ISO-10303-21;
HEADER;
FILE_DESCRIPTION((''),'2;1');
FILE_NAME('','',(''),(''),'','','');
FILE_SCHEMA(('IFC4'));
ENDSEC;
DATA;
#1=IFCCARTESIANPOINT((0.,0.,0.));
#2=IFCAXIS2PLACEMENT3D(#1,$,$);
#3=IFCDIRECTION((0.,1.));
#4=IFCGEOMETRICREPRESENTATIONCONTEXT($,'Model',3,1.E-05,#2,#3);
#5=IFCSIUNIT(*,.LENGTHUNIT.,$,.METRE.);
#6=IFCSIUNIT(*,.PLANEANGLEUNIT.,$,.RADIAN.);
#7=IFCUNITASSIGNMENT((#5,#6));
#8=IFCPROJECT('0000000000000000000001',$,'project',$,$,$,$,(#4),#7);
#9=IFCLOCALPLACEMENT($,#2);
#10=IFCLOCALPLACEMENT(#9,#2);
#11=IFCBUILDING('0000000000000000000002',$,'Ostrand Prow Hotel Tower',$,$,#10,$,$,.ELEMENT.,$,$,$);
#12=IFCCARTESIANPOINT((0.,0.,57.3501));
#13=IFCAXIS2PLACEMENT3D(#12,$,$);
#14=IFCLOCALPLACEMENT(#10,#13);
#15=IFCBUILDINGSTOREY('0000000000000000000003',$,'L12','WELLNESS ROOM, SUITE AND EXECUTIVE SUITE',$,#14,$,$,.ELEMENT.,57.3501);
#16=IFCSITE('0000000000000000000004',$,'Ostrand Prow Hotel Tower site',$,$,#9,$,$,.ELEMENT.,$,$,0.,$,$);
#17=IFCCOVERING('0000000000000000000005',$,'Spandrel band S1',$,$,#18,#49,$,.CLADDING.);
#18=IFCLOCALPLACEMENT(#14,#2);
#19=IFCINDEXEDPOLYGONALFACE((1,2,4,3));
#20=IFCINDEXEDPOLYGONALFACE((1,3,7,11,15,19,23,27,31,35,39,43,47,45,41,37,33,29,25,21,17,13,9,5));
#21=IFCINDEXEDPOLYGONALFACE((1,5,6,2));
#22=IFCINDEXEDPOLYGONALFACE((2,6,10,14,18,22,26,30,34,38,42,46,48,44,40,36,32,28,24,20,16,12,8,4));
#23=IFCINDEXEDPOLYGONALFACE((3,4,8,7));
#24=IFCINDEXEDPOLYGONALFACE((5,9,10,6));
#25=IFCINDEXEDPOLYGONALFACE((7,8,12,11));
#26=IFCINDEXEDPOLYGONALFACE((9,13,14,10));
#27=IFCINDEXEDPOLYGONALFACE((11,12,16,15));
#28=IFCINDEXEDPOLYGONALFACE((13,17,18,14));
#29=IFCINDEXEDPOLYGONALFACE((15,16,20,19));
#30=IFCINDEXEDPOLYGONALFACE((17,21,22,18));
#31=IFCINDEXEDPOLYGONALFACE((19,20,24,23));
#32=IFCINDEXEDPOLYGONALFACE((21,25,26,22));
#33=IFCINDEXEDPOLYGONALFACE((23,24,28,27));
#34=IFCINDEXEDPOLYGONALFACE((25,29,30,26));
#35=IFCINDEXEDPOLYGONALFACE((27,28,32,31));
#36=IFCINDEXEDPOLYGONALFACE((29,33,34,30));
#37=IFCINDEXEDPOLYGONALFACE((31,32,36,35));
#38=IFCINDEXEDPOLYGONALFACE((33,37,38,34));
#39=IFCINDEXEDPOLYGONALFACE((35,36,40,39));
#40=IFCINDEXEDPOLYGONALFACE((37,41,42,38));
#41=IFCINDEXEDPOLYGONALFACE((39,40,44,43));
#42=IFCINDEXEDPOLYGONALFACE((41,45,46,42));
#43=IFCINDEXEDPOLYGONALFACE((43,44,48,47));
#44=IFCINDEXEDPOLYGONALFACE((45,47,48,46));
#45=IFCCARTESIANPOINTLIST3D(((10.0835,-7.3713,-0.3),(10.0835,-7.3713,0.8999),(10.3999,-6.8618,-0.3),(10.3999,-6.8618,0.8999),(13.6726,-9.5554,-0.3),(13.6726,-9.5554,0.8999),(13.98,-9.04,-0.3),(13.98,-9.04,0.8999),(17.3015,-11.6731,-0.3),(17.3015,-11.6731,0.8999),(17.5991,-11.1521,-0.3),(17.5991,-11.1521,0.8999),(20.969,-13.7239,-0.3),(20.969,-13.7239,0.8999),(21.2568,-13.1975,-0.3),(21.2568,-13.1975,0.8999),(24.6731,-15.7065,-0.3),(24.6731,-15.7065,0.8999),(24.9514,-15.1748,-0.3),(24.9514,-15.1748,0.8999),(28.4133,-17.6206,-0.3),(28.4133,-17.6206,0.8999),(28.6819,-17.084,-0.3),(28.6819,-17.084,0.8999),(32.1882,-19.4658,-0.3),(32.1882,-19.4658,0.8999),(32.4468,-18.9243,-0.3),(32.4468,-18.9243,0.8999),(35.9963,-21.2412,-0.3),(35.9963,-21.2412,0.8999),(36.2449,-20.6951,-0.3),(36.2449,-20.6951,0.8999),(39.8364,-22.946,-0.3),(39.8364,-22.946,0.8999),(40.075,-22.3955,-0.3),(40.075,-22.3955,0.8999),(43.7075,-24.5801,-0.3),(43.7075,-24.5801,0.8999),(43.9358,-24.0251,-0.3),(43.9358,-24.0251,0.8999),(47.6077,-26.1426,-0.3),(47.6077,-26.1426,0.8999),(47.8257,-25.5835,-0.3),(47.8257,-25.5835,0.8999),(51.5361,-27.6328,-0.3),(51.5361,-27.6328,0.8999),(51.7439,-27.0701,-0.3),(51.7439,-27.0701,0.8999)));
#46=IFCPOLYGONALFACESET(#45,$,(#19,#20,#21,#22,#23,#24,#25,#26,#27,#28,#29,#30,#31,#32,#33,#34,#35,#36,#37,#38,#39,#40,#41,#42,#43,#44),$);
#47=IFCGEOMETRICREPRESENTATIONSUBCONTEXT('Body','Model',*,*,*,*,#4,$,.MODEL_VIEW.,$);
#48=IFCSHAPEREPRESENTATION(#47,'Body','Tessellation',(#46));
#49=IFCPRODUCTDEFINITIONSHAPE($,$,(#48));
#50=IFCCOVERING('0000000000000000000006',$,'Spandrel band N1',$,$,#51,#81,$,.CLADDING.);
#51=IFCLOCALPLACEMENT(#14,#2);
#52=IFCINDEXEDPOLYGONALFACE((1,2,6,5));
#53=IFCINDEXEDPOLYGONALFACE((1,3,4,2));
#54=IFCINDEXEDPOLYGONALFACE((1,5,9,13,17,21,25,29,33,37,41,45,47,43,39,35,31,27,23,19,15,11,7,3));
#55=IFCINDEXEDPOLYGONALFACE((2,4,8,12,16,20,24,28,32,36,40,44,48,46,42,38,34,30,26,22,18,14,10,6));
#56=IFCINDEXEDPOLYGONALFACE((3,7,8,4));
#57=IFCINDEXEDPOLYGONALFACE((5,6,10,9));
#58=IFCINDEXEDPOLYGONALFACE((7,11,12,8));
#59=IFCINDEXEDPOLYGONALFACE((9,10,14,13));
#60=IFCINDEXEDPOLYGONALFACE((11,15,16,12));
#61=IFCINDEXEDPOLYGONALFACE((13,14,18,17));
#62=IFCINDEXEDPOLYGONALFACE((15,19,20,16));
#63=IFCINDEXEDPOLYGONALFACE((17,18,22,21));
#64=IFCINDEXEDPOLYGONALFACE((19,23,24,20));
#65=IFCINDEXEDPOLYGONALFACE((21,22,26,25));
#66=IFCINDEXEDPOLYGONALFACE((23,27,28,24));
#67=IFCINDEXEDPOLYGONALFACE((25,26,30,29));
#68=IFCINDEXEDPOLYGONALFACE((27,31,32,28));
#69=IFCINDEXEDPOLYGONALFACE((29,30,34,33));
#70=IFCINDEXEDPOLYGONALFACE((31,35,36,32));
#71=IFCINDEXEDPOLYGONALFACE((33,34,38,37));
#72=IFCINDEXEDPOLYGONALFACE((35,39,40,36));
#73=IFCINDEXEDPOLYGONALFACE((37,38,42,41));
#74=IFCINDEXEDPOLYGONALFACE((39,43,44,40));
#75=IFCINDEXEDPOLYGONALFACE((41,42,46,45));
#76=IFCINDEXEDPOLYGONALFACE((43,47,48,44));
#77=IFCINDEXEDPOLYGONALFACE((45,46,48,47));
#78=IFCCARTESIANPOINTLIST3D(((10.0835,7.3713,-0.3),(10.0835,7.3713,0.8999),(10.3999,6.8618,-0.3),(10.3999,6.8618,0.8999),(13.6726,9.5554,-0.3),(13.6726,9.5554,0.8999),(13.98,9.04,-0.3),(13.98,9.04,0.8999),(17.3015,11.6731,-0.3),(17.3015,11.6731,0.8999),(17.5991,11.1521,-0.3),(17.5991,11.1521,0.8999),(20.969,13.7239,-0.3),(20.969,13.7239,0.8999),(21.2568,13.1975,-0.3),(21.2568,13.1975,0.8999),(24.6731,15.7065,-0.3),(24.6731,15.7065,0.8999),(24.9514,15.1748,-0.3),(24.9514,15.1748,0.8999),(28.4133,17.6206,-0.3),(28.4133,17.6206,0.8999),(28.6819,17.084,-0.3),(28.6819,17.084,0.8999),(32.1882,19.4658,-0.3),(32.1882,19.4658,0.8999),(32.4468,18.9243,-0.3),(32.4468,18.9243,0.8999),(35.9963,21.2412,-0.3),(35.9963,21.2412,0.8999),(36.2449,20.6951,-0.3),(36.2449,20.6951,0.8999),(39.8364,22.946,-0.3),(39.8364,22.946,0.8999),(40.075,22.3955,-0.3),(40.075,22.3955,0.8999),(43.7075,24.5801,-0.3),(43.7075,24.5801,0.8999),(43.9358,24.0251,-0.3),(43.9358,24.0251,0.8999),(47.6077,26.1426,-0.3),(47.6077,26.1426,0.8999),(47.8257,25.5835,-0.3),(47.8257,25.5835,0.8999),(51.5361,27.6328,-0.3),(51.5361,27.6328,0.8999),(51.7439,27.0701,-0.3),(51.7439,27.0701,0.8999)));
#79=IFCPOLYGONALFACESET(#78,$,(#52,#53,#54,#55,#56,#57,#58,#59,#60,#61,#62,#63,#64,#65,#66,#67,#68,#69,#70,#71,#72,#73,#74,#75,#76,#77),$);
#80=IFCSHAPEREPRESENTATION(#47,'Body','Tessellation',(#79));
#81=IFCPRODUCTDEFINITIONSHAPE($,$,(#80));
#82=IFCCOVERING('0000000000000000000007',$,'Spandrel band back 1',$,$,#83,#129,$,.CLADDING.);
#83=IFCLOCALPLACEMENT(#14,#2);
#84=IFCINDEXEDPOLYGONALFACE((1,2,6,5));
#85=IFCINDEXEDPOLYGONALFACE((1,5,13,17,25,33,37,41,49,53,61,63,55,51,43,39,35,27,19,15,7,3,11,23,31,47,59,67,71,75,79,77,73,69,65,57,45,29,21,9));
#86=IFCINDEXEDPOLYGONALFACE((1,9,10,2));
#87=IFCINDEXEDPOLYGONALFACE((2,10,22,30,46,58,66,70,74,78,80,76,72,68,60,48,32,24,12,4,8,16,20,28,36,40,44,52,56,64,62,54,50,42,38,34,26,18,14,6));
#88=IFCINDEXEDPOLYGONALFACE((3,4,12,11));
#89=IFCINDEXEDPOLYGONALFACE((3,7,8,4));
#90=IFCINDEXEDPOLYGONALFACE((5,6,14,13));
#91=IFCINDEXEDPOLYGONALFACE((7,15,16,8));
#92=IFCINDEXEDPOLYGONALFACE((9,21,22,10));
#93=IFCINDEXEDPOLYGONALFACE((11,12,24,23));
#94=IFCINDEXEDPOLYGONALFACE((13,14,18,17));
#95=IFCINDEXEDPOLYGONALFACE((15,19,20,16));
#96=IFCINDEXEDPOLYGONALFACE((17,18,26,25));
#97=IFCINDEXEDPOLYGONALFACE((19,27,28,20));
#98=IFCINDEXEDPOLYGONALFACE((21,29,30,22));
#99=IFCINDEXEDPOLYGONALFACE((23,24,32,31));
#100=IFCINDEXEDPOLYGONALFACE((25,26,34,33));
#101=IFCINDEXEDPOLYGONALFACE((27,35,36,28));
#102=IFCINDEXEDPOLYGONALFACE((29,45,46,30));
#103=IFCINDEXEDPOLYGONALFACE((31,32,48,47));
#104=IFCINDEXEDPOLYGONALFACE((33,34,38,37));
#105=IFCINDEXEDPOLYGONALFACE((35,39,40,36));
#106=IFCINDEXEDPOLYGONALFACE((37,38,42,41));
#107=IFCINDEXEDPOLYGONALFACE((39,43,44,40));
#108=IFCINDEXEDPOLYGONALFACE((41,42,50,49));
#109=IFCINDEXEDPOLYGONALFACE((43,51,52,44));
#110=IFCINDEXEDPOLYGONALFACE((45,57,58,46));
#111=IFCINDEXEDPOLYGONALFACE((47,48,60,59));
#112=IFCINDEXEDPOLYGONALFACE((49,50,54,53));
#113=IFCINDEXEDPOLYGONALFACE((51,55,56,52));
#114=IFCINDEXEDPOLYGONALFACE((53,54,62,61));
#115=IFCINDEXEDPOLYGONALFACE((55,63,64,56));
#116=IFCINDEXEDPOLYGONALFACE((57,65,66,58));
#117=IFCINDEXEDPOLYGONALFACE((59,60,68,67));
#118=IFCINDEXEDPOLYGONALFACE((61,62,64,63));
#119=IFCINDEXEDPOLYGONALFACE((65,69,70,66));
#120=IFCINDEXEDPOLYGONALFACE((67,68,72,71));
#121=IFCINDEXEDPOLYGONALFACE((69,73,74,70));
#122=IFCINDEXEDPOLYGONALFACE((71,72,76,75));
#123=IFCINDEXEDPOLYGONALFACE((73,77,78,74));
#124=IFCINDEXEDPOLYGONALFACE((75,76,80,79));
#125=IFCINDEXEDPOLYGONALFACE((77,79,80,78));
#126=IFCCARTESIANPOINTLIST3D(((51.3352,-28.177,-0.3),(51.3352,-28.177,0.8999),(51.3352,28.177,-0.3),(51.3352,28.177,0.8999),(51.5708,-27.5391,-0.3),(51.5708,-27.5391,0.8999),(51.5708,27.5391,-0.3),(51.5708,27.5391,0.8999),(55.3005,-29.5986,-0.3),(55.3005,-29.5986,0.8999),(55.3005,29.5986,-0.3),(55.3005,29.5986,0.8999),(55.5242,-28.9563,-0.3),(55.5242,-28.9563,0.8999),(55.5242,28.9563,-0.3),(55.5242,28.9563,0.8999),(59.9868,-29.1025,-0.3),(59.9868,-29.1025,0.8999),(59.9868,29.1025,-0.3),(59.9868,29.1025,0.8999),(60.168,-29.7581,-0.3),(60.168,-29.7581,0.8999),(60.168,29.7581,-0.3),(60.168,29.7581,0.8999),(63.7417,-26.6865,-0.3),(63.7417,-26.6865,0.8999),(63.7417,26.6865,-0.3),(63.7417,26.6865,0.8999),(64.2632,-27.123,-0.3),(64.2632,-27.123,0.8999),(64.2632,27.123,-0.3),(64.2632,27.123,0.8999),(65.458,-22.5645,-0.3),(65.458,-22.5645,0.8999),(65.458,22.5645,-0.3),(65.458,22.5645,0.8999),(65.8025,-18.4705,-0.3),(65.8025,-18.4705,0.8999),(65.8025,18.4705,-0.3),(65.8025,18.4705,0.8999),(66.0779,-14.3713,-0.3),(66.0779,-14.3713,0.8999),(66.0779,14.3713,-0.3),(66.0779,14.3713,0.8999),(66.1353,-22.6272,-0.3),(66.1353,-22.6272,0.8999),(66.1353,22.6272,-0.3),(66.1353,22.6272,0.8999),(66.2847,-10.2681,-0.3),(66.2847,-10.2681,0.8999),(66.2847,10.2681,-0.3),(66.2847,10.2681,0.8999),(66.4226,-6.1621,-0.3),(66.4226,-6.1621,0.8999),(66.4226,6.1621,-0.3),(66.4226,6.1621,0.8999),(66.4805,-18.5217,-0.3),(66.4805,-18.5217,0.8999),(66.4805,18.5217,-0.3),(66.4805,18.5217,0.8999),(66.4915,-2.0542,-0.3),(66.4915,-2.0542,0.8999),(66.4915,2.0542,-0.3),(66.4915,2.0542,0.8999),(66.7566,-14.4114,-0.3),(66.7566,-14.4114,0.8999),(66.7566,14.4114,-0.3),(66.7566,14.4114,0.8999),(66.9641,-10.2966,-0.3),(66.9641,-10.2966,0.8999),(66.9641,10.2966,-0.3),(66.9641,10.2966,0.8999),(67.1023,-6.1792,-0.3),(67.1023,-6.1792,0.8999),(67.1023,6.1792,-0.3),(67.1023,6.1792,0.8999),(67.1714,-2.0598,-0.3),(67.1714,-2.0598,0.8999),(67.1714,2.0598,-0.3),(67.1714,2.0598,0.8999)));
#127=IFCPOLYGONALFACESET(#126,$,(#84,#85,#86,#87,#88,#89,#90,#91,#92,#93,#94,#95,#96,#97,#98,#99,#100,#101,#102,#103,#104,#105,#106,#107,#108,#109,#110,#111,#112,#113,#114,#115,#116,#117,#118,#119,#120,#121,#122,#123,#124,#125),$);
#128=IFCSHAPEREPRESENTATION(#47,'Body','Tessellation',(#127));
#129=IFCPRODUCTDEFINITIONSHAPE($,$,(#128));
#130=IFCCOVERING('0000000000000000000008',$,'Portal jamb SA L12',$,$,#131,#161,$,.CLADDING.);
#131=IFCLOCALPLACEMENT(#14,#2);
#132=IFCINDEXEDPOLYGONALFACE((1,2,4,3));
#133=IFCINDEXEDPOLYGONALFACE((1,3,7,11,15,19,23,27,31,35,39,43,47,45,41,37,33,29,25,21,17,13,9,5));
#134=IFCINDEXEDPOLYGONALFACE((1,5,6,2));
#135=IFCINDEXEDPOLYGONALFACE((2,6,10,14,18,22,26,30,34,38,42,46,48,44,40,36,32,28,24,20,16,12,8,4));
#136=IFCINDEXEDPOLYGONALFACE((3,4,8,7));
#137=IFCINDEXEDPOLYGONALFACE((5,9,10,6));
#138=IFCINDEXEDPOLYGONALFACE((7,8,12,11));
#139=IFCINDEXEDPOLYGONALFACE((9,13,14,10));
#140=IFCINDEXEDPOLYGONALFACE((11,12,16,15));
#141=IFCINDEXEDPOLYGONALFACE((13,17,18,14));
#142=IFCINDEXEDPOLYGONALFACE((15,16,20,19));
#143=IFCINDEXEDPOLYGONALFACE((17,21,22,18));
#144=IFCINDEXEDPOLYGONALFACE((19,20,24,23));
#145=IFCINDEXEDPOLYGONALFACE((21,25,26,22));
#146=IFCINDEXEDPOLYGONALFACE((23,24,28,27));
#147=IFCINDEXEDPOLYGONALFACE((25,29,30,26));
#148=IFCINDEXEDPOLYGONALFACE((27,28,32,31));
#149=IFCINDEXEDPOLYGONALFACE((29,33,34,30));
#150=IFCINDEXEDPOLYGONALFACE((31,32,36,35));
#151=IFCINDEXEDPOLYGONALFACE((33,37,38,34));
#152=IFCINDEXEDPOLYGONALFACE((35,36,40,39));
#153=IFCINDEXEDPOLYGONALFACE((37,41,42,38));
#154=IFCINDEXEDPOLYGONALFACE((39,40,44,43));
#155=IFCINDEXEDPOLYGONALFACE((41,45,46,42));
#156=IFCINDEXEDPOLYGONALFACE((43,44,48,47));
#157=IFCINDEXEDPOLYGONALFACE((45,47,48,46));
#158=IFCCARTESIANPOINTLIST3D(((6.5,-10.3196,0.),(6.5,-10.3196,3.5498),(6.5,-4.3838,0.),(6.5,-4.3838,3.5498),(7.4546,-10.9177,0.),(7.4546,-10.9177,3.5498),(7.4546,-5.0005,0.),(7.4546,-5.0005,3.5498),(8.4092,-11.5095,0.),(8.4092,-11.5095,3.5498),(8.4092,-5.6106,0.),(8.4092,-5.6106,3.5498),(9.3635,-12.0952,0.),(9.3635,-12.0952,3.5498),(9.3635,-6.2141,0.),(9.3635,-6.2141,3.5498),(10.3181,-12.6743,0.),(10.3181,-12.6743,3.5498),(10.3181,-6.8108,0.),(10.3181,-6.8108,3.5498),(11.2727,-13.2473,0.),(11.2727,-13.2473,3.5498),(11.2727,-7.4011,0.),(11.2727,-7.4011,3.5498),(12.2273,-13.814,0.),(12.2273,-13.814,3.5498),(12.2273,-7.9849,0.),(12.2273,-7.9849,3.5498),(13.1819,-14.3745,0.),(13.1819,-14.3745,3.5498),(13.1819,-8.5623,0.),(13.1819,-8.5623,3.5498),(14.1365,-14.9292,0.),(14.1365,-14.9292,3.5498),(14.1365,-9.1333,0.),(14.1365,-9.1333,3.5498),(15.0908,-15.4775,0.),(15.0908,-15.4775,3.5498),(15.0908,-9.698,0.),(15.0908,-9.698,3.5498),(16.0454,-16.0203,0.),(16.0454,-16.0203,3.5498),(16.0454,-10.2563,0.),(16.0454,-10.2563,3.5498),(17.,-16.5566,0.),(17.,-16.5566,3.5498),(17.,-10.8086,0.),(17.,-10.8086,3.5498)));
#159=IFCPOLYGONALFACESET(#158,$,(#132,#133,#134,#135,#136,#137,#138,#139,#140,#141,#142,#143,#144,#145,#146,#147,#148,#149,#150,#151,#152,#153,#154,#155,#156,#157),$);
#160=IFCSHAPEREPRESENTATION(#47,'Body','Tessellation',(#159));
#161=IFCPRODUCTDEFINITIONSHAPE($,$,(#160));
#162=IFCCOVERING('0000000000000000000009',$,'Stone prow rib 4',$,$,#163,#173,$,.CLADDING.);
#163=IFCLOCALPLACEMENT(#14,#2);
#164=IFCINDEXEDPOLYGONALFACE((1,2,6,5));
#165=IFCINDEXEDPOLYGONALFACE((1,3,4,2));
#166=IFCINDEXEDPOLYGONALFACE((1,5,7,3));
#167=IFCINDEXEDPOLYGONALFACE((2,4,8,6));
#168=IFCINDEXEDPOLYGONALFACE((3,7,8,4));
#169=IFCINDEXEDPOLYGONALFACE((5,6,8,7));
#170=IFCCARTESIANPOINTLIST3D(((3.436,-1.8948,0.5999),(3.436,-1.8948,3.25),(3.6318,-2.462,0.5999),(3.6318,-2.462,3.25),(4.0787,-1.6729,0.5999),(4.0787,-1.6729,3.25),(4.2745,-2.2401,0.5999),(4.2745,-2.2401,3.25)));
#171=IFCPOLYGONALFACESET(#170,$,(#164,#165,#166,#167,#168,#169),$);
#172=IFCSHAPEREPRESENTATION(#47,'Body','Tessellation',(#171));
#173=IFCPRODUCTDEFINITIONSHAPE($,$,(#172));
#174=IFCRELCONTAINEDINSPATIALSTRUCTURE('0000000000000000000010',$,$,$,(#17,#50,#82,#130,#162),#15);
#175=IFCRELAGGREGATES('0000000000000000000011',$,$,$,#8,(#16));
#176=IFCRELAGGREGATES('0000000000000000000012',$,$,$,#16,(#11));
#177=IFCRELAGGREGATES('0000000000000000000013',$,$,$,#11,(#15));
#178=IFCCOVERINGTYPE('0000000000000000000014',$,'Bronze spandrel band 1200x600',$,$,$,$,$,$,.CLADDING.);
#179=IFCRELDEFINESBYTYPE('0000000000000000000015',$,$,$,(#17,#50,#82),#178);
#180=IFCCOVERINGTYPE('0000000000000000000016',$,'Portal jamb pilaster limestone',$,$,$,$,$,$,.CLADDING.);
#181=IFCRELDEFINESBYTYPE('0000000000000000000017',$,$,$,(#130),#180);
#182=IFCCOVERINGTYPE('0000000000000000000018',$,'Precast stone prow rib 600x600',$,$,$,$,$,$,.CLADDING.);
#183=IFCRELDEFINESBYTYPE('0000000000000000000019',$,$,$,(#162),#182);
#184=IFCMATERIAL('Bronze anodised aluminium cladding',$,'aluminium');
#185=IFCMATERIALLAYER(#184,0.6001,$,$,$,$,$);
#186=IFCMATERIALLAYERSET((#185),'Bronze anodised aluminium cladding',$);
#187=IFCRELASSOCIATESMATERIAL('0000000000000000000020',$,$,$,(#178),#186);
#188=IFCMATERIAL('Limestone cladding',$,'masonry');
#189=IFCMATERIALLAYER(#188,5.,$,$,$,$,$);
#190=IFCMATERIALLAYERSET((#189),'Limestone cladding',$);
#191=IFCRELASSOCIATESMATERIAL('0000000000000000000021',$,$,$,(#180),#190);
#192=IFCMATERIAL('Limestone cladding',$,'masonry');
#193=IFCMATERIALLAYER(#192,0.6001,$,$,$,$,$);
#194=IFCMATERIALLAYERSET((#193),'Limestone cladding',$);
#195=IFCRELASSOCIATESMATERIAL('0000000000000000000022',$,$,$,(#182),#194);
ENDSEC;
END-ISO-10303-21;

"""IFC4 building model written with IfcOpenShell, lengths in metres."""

from ifc_helpers import new_model, si_unit, direction, frame, frame_2d, origin, place, context, subcontext, project, spatial, polyline, rectangle, outline, extrude, material, layer, layer_set, type_object, element, save


model = new_model("IFC4")

# Units and contexts
model_context = context("Model", 3, precision=1e-05, world=origin(), true_north=direction((0.0, 1.0)))
body_context = subcontext(model_context, "Body", "Model", "MODEL_VIEW")
ifc_project = project(units=[si_unit("LENGTHUNIT", "METRE"), si_unit("PLANEANGLEUNIT", "RADIAN")], contexts=[model_context])

# Site, building, storey
site_placement = place(None, origin())
site = spatial("IfcSite", under=ifc_project, at=site_placement, Name="Ostrand Prow Hotel Tower site", CompositionType="ELEMENT", RefElevation=0.0)
building_placement = place(site_placement, origin())
building = spatial("IfcBuilding", under=site, at=building_placement, Name="Ostrand Prow Hotel Tower", CompositionType="ELEMENT")
storey_placement = place(building_placement, frame((0.0, 0.0, 57.3501)))
storey = spatial("IfcBuildingStorey", under=building, at=storey_placement, Name="L12", Description="WELLNESS ROOM, SUITE AND EXECUTIVE SUITE", CompositionType="ELEMENT", Elevation=57.3501)

# Coverings
ifc_material_1 = material(Name="Bronze anodised aluminium cladding", Category="aluminium")
ifc_layer_1 = layer(ifc_material_1, 0.6001)
ifc_layer_set_1 = layer_set([ifc_layer_1], Name="Bronze anodised aluminium cladding")
covering_type_1 = type_object("IfcCoveringType", Name="Bronze spandrel band 1200x600", PredefinedType="CLADDING", material=ifc_layer_set_1)
covering_1_placement = place(storey_placement, frame((0.0, 0.0, -0.3)))
element("IfcCovering", 1, at=covering_1_placement, inside=storey, type_object=covering_type_1, Name="Spandrel band S1", PredefinedType="CLADDING", context=body_context, shape_type="SweptSolid", body=[
    extrude(outline(polyline([(10.0835, -7.3713), (13.6726, -9.5554), (17.3015, -11.6731), (20.969, -13.7239), (24.6731, -15.7065), (28.4133, -17.6206), (32.1882, -19.4658), (35.9963, -21.2412), (39.8364, -22.946), (43.7075, -24.5801), (47.6077, -26.1426), (51.5361, -27.6328), (51.7439, -27.0701), (47.8257, -25.5835), (43.9358, -24.0251), (40.075, -22.3955), (36.2449, -20.6951), (32.4468, -18.9243), (28.6819, -17.084), (24.9514, -15.1748), (21.2568, -13.1975), (17.5991, -11.1521), (13.98, -9.04), (10.3999, -6.8618), (10.0835, -7.3713)])), origin(), (0.0, 0.0, 1.0), 1.2),
])
covering_2_placement = place(storey_placement, frame((0.0, 0.0, -0.3)))
element("IfcCovering", 2, at=covering_2_placement, inside=storey, type_object=covering_type_1, Name="Spandrel band N1", PredefinedType="CLADDING", context=body_context, shape_type="SweptSolid", body=[
    extrude(outline(polyline([(51.5361, 27.6328), (47.6077, 26.1426), (43.7075, 24.5801), (39.8364, 22.946), (35.9963, 21.2412), (32.1882, 19.4658), (28.4133, 17.6206), (24.6731, 15.7065), (20.969, 13.7239), (17.3015, 11.6731), (13.6726, 9.5554), (10.0835, 7.3713), (10.3999, 6.8618), (13.98, 9.04), (17.5991, 11.1521), (21.2568, 13.1975), (24.9514, 15.1748), (28.6819, 17.084), (32.4468, 18.9243), (36.2449, 20.6951), (40.075, 22.3955), (43.9358, 24.0251), (47.8257, 25.5835), (51.7439, 27.0701), (51.5361, 27.6328)])), origin(), (0.0, 0.0, 1.0), 1.2),
])
covering_3_placement = place(storey_placement, frame((0.0, 0.0, -0.3)))
element("IfcCovering", 3, at=covering_3_placement, inside=storey, type_object=covering_type_1, Name="Spandrel band back 1", PredefinedType="CLADDING", context=body_context, shape_type="SweptSolid", body=[
    extrude(outline(polyline([(51.3352, -28.177), (55.3005, -29.5986), (60.168, -29.7581), (64.2632, -27.123), (66.1353, -22.6272), (66.4805, -18.5217), (66.7566, -14.4114), (66.9641, -10.2966), (67.1023, -6.1792), (67.1714, -2.0598), (67.1714, 2.0598), (67.1023, 6.1792), (66.9641, 10.2966), (66.7566, 14.4114), (66.4805, 18.5217), (66.1353, 22.6272), (64.2632, 27.123), (60.168, 29.7581), (55.3005, 29.5986), (51.3352, 28.177), (51.5708, 27.5391), (55.5242, 28.9563), (59.9868, 29.1025), (63.7417, 26.6865), (65.458, 22.5645), (65.8025, 18.4705), (66.0779, 14.3713), (66.2847, 10.2681), (66.4226, 6.1621), (66.4915, 2.0542), (66.4915, -2.0542), (66.4226, -6.1621), (66.2847, -10.2681), (66.0779, -14.3713), (65.8025, -18.4705), (65.458, -22.5645), (63.7417, -26.6865), (59.9868, -29.1025), (55.5242, -28.9563), (51.5708, -27.5391), (51.3352, -28.177)])), origin(), (0.0, 0.0, 1.0), 1.2),
])
ifc_material_2 = material(Name="Limestone cladding", Category="masonry")
ifc_layer_2 = layer(ifc_material_2, 5.0)
ifc_layer_set_2 = layer_set([ifc_layer_2], Name="Limestone cladding")
covering_type_2 = type_object("IfcCoveringType", Name="Portal jamb pilaster limestone", PredefinedType="CLADDING", material=ifc_layer_set_2)
covering_4_placement = place(storey_placement, origin())
element("IfcCovering", 4, at=covering_4_placement, inside=storey, type_object=covering_type_2, Name="Portal jamb SA L12", PredefinedType="CLADDING", context=body_context, shape_type="SweptSolid", body=[
    extrude(outline(polyline([(6.5, -4.3838), (6.5, -10.3196), (7.4546, -10.9177), (8.4092, -11.5095), (9.3635, -12.0952), (10.3181, -12.6743), (11.2727, -13.2473), (12.2273, -13.814), (13.1819, -14.3745), (14.1365, -14.9292), (15.0908, -15.4775), (16.0454, -16.0203), (17.0, -16.5566), (17.0, -10.8086), (16.0454, -10.2563), (15.0908, -9.698), (14.1365, -9.1333), (13.1819, -8.5623), (12.2273, -7.9849), (11.2727, -7.4011), (10.3181, -6.8108), (9.3635, -6.2141), (8.4092, -5.6106), (7.4546, -5.0005), (6.5, -4.3838)])), origin(), (0.0, 0.0, 1.0), 3.5498),
])
ifc_material_3 = material(Name="Limestone cladding", Category="masonry")
ifc_layer_3 = layer(ifc_material_3, 0.6001)
ifc_layer_set_3 = layer_set([ifc_layer_3], Name="Limestone cladding")
covering_type_3 = type_object("IfcCoveringType", Name="Precast stone prow rib 600x600", PredefinedType="CLADDING", material=ifc_layer_set_3)
for number, where, z_axis, x_axis, name in (
    (5, (4.1765, -1.9565, 0.5999), (0.0, 0.0, 1.0), (-0.945255, -0.326334, 0.0), "Stone prow rib 4"),
):
    element("IfcCovering", number, at=place(storey_placement, frame(where, z_axis=z_axis, x_axis=x_axis)), inside=storey, type_object=covering_type_3, Name=name, PredefinedType="CLADDING", context=body_context, shape_type="SweptSolid", body=[
        extrude(rectangle(XDim=0.6799, YDim=0.6001, at=frame_2d((0.3398, 0.0))), origin(), (0.0, 0.0, 1.0), 2.6501),
    ])

save(model, "model.ifc")
